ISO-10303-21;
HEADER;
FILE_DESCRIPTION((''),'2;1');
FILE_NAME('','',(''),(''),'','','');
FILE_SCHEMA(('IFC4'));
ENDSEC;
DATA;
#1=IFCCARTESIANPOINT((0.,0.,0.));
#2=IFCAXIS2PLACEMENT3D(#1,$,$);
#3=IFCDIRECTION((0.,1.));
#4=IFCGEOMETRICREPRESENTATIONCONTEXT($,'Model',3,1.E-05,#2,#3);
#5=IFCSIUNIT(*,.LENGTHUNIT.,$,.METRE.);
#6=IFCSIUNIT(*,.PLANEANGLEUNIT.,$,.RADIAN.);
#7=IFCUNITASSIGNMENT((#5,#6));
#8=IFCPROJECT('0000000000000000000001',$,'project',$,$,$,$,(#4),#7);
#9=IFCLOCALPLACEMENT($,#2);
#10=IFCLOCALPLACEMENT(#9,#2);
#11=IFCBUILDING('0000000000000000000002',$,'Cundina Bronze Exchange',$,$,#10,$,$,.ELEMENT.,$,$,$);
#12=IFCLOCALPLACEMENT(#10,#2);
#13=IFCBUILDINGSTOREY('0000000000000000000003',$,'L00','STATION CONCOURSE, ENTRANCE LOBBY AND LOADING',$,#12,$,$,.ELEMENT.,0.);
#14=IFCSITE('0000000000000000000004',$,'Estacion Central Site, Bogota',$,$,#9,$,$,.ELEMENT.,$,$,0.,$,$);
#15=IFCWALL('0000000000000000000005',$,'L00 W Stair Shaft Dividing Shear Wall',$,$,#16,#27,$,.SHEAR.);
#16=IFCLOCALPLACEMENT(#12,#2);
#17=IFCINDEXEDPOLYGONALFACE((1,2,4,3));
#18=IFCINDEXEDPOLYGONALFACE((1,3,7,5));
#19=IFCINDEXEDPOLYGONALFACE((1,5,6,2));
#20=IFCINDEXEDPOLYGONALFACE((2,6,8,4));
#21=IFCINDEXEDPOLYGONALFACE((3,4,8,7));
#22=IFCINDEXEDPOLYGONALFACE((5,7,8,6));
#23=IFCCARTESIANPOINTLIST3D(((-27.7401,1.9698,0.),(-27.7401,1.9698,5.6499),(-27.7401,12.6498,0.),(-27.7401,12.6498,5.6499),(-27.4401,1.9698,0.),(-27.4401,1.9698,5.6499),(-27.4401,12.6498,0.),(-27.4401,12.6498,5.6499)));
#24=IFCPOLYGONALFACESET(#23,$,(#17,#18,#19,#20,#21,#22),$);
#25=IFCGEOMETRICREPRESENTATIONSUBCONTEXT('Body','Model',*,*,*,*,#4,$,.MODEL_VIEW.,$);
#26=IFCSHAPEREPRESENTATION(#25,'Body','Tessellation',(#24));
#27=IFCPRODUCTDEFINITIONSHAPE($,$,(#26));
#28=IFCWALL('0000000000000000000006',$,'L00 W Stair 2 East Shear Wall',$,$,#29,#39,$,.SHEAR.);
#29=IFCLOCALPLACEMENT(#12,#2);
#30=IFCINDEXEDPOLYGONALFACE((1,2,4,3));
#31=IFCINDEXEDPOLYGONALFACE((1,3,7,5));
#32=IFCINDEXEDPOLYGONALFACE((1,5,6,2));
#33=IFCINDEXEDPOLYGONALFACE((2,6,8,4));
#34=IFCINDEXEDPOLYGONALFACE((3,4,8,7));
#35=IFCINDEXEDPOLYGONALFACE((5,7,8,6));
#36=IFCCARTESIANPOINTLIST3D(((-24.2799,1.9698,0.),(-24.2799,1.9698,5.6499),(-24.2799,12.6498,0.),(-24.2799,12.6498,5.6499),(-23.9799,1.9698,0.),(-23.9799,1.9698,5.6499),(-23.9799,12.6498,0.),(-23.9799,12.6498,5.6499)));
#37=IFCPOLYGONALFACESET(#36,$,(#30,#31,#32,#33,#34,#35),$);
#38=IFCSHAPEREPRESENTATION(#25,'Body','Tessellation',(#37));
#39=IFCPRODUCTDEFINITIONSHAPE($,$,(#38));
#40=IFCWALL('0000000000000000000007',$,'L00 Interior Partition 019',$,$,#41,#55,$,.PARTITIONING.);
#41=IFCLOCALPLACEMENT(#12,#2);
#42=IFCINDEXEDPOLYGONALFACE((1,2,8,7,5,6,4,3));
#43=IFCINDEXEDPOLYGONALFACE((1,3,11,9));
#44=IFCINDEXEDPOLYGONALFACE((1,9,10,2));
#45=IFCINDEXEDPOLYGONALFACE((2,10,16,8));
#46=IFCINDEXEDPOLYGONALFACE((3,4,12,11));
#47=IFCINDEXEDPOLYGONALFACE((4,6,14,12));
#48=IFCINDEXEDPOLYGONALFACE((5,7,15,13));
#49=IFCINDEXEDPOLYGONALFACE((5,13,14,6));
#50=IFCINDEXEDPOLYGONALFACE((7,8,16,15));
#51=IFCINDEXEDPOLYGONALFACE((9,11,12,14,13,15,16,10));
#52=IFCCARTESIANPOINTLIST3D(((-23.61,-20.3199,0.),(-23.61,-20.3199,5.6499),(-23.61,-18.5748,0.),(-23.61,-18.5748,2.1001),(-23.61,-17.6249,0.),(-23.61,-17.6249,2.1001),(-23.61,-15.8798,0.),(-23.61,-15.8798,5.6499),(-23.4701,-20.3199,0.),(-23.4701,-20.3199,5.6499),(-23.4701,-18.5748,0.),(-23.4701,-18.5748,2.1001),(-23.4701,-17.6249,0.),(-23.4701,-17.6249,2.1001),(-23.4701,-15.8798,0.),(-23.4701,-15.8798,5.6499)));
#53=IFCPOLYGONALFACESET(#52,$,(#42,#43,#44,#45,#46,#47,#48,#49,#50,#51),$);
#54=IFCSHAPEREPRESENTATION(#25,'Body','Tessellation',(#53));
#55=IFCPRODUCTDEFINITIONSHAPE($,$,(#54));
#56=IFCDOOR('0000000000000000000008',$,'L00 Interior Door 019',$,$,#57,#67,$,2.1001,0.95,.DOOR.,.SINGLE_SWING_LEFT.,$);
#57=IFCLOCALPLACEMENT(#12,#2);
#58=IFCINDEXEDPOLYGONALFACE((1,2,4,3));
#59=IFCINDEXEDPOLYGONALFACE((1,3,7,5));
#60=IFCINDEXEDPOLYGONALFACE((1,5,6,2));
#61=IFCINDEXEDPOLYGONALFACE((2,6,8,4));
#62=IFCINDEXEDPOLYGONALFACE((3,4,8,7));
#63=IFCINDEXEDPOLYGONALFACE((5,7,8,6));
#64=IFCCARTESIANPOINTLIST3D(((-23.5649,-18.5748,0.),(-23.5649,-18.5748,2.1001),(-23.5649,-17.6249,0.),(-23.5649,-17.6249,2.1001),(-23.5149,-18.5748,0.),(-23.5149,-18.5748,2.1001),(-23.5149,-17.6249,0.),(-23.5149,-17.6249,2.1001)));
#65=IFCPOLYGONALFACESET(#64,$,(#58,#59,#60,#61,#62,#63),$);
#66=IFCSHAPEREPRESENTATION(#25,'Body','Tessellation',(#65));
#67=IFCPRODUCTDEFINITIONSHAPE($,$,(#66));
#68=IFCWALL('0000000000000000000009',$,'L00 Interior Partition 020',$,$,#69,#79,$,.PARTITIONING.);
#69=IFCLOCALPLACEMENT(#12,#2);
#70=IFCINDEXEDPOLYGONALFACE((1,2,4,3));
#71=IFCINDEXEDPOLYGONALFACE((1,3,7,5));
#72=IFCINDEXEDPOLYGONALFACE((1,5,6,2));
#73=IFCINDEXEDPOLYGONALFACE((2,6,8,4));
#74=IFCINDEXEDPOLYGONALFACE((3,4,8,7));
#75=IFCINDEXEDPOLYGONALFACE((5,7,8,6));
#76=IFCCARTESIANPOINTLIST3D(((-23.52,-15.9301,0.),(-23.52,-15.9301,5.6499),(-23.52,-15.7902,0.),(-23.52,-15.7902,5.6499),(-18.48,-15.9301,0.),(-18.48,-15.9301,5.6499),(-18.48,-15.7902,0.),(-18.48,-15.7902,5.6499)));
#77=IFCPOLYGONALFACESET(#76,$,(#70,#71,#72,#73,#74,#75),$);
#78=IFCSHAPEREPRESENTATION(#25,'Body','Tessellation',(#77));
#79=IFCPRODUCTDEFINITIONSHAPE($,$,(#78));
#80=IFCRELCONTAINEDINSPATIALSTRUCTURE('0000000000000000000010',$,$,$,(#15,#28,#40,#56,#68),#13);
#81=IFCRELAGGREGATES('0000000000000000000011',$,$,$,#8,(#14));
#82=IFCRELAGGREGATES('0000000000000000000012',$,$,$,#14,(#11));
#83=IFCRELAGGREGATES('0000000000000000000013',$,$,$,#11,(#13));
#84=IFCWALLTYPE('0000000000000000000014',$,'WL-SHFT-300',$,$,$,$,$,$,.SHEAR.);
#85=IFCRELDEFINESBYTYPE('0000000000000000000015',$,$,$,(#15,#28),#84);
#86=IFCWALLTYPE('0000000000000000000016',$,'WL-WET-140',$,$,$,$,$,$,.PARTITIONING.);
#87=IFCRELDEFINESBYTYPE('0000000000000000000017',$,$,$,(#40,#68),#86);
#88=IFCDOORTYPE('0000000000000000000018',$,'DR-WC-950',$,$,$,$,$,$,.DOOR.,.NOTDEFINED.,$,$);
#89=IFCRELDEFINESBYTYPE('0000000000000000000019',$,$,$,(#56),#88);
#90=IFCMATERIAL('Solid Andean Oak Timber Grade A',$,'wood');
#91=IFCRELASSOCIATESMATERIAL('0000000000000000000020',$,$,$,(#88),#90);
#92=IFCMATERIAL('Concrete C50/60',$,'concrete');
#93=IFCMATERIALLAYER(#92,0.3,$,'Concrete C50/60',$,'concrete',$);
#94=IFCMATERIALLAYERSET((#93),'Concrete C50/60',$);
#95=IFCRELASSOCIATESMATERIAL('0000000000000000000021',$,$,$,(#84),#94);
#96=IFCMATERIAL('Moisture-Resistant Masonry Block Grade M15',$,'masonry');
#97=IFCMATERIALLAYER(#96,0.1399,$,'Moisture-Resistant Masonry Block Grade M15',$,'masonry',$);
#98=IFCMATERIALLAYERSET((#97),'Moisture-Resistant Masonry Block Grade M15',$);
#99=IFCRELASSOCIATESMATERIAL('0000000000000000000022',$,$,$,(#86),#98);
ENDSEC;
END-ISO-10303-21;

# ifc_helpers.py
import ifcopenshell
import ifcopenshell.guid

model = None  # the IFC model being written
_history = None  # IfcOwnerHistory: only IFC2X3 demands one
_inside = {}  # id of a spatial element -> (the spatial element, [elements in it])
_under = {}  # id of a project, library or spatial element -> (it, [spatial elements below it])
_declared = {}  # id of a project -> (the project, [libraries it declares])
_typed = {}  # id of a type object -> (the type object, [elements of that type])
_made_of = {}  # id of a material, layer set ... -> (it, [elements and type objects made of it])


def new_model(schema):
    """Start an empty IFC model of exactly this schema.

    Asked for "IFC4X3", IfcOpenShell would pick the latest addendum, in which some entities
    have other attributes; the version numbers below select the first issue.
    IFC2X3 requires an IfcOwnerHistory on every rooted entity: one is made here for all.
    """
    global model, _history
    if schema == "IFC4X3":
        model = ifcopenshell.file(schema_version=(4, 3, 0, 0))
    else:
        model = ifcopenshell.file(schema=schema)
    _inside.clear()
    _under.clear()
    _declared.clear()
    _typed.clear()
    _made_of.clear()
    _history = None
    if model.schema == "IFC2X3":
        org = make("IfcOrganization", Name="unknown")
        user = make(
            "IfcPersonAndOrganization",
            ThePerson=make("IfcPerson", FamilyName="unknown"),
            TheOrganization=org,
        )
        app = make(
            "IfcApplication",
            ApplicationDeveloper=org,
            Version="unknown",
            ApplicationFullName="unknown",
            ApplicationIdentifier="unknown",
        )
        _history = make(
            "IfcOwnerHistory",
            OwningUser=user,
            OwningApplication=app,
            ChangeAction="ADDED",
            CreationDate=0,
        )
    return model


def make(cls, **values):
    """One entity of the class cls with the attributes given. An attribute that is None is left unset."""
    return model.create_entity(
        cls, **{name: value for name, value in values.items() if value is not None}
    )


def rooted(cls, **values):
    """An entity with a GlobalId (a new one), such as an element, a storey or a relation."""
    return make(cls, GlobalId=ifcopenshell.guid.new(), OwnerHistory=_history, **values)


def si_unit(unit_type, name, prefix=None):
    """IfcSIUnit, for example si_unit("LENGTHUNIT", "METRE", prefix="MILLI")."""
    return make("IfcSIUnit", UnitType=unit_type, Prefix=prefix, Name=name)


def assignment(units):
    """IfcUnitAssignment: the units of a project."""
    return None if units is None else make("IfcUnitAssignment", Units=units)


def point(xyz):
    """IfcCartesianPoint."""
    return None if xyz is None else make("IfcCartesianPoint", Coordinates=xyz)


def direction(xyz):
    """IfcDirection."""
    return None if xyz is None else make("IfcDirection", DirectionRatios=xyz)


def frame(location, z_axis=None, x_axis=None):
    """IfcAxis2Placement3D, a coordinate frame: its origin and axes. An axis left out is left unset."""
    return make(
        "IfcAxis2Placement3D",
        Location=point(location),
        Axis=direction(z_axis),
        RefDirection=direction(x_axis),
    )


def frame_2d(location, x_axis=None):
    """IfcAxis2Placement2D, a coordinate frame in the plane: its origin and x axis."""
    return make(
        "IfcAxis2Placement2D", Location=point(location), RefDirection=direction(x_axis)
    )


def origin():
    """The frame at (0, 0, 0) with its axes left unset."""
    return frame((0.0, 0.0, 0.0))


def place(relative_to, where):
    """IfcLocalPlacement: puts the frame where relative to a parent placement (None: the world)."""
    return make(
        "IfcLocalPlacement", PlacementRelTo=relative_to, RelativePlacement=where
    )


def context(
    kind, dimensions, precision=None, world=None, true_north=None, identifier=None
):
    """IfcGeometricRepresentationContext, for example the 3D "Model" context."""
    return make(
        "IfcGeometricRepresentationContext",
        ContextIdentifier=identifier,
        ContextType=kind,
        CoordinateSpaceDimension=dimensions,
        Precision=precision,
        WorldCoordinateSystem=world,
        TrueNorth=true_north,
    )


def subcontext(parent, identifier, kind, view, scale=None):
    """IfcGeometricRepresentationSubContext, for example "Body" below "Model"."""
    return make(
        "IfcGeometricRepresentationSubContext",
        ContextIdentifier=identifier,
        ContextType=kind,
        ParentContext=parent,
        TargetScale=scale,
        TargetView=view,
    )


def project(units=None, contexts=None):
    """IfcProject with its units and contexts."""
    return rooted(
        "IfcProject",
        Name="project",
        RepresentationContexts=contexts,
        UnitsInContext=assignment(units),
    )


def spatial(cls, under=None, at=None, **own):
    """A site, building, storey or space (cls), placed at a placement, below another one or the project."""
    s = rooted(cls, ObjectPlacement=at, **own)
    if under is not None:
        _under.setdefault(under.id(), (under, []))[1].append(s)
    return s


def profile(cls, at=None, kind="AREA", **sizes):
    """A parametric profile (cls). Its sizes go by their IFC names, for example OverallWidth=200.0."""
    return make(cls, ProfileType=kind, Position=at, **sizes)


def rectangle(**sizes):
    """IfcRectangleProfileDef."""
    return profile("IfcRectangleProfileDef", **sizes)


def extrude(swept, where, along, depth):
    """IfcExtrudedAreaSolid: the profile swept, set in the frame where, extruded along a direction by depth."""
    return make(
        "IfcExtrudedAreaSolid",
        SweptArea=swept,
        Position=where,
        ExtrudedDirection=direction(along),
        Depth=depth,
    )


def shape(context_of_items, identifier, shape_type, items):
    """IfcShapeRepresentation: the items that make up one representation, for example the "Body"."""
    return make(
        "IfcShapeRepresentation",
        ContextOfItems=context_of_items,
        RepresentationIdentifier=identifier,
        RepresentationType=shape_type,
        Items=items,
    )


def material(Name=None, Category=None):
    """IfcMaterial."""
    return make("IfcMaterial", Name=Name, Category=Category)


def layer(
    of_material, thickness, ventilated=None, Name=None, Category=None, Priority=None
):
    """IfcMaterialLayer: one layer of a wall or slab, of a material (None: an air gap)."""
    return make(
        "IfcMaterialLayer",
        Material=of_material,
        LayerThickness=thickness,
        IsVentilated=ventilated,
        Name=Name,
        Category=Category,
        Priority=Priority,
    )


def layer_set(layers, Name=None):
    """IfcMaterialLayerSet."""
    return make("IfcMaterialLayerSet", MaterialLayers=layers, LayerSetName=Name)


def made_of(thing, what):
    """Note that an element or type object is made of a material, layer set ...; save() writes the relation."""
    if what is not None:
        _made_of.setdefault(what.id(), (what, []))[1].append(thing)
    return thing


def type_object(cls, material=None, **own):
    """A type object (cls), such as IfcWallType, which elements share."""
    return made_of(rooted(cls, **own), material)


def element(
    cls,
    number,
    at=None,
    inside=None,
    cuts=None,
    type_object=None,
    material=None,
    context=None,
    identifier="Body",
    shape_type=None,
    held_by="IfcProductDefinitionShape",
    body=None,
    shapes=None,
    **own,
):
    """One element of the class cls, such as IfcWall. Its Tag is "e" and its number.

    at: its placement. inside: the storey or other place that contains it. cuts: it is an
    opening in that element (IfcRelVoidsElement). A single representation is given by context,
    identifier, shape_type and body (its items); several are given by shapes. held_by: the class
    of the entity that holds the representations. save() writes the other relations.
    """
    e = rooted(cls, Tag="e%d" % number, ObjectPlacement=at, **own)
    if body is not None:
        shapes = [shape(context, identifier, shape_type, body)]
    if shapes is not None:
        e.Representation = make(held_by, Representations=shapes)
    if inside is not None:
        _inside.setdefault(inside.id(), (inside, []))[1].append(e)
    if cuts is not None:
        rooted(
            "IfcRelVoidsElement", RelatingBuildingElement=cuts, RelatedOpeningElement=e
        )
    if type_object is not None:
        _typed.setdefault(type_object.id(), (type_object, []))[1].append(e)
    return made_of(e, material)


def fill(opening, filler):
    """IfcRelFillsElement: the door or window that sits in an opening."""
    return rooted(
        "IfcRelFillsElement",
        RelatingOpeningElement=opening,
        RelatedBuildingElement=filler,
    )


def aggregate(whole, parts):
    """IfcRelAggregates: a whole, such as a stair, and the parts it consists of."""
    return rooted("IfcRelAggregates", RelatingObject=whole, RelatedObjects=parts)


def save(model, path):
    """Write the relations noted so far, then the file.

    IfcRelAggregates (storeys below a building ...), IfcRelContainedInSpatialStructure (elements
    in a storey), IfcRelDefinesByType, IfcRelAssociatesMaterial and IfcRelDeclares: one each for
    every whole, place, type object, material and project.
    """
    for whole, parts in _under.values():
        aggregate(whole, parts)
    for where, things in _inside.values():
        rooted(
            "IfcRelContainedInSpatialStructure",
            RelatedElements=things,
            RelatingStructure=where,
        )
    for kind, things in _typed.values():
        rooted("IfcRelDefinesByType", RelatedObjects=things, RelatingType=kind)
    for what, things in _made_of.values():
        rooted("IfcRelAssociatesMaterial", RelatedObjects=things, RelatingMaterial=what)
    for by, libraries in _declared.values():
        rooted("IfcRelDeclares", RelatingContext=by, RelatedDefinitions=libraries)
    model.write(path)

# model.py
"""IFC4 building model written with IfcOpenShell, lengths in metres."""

from ifc_helpers import new_model, si_unit, direction, frame, frame_2d, origin, place, context, subcontext, project, spatial, rectangle, extrude, material, layer, layer_set, type_object, element, fill, save


model = new_model("IFC4")

# Units and contexts
model_context = context("Model", 3, precision=1e-05, world=origin(), true_north=direction((0.0, 1.0)))
body_context = subcontext(model_context, "Body", "Model", "MODEL_VIEW")
ifc_project = project(units=[si_unit("LENGTHUNIT", "METRE"), si_unit("PLANEANGLEUNIT", "RADIAN")], contexts=[model_context])

# Site, building, storey
site_placement = place(None, origin())
site = spatial("IfcSite", under=ifc_project, at=site_placement, Name="Estacion Central Site, Bogota", CompositionType="ELEMENT", RefElevation=0.0)
building_placement = place(site_placement, origin())
building = spatial("IfcBuilding", under=site, at=building_placement, Name="Cundina Bronze Exchange", CompositionType="ELEMENT")
storey_placement = place(building_placement, origin())
storey = spatial("IfcBuildingStorey", under=building, at=storey_placement, Name="L00", Description="STATION CONCOURSE, ENTRANCE LOBBY AND LOADING", CompositionType="ELEMENT", Elevation=0.0)

# Shared definitions
ifc_material_1 = material(Name="Solid Andean Oak Timber Grade A", Category="wood")
door_type_1 = type_object("IfcDoorType", Name="DR-WC-950", OperationType="NOTDEFINED", PredefinedType="DOOR", material=ifc_material_1)

# Walls
ifc_material_2 = material(Name="Concrete C50/60", Category="concrete")
ifc_layer_1 = layer(ifc_material_2, 0.3, Name="Concrete C50/60", Category="concrete")
ifc_layer_set_1 = layer_set([ifc_layer_1], Name="Concrete C50/60")
wall_type_1 = type_object("IfcWallType", Name="WL-SHFT-300", PredefinedType="SHEAR", material=ifc_layer_set_1)
for number, where, z_axis, x_axis, name in (
    (1, (-27.5901, 1.97, 0.0), (0.0, 0.0, 1.0), (0.0, 1.0, 0.0), "L00 W Stair Shaft Dividing Shear Wall"),
    (2, (-24.1299, 1.97, 0.0), (0.0, 0.0, 1.0), (0.0, 1.0, 0.0), "L00 W Stair 2 East Shear Wall"),
):
    element("IfcWall", number, at=place(storey_placement, frame(where, z_axis=z_axis, x_axis=x_axis)), inside=storey, type_object=wall_type_1, Name=name, PredefinedType="SHEAR", context=body_context, shape_type="SweptSolid", body=[
        extrude(rectangle(XDim=10.6799, YDim=0.3, at=frame_2d((5.3398, 0.0))), origin(), (0.0, 0.0, 1.0), 5.6499),
    ])

# Wall, opening, door
ifc_material_3 = material(Name="Moisture-Resistant Masonry Block Grade M15", Category="masonry")
ifc_layer_2 = layer(ifc_material_3, 0.1399, Name="Moisture-Resistant Masonry Block Grade M15", Category="masonry")
ifc_layer_set_2 = layer_set([ifc_layer_2], Name="Moisture-Resistant Masonry Block Grade M15")
wall_type_2 = type_object("IfcWallType", Name="WL-WET-140", PredefinedType="PARTITIONING", material=ifc_layer_set_2)
wall_1_placement = place(storey_placement, frame((-23.54, -20.3201, 0.0), z_axis=(0.0, 0.0, 1.0), x_axis=(0.0, 1.0, 0.0)))
wall_1 = element("IfcWall", 3, at=wall_1_placement, inside=storey, type_object=wall_type_2, Name="L00 Interior Partition 019", PredefinedType="PARTITIONING", context=body_context, shape_type="SweptSolid", body=[
    extrude(rectangle(XDim=4.4402, YDim=0.1399, at=frame_2d((2.2202, 0.0))), origin(), (0.0, 0.0, 1.0), 5.6499),
])
opening_1_placement = place(wall_1_placement, frame((1.7451, 0.0, 0.0)))
opening_1 = element("IfcOpeningElement", 4, at=opening_1_placement, cuts=wall_1, PredefinedType="OPENING", context=body_context, shape_type="SweptSolid", body=[
    extrude(rectangle(XDim=0.95, YDim=2.1001, at=frame_2d((0.4751, 1.05))), frame((0.0, 0.0798, 0.0), z_axis=(0.0, -1.0, 0.0), x_axis=(1.0, 0.0, 0.0)), (0.0, 0.0, 1.0), 0.1599),
])
door_1_placement = place(opening_1_placement, origin())
door_1 = element("IfcDoor", 5, at=door_1_placement, inside=storey, type_object=door_type_1, Name="L00 Interior Door 019", OperationType="SINGLE_SWING_LEFT", OverallHeight=2.1001, OverallWidth=0.95, PredefinedType="DOOR", context=body_context, shape_type="SweptSolid", body=[
    extrude(rectangle(XDim=0.95, YDim=2.1001, at=frame_2d((0.4751, 1.05))), frame((0.0, 0.0249, 0.0), z_axis=(0.0, -1.0, 0.0), x_axis=(1.0, 0.0, 0.0)), (0.0, 0.0, 1.0), 0.05),
])
fill(opening_1, door_1)

# Wall
wall_2_placement = place(storey_placement, frame((-23.52, -15.8601, 0.0), z_axis=(0.0, 0.0, 1.0), x_axis=(1.0, 0.0, 0.0)))
element("IfcWall", 6, at=wall_2_placement, inside=storey, type_object=wall_type_2, Name="L00 Interior Partition 020", PredefinedType="PARTITIONING", context=body_context, shape_type="SweptSolid", body=[
    extrude(rectangle(XDim=5.04, YDim=0.1399, at=frame_2d((2.52, 0.0))), origin(), (0.0, 0.0, 1.0), 5.6499),
])

save(model, "model.ifc")
